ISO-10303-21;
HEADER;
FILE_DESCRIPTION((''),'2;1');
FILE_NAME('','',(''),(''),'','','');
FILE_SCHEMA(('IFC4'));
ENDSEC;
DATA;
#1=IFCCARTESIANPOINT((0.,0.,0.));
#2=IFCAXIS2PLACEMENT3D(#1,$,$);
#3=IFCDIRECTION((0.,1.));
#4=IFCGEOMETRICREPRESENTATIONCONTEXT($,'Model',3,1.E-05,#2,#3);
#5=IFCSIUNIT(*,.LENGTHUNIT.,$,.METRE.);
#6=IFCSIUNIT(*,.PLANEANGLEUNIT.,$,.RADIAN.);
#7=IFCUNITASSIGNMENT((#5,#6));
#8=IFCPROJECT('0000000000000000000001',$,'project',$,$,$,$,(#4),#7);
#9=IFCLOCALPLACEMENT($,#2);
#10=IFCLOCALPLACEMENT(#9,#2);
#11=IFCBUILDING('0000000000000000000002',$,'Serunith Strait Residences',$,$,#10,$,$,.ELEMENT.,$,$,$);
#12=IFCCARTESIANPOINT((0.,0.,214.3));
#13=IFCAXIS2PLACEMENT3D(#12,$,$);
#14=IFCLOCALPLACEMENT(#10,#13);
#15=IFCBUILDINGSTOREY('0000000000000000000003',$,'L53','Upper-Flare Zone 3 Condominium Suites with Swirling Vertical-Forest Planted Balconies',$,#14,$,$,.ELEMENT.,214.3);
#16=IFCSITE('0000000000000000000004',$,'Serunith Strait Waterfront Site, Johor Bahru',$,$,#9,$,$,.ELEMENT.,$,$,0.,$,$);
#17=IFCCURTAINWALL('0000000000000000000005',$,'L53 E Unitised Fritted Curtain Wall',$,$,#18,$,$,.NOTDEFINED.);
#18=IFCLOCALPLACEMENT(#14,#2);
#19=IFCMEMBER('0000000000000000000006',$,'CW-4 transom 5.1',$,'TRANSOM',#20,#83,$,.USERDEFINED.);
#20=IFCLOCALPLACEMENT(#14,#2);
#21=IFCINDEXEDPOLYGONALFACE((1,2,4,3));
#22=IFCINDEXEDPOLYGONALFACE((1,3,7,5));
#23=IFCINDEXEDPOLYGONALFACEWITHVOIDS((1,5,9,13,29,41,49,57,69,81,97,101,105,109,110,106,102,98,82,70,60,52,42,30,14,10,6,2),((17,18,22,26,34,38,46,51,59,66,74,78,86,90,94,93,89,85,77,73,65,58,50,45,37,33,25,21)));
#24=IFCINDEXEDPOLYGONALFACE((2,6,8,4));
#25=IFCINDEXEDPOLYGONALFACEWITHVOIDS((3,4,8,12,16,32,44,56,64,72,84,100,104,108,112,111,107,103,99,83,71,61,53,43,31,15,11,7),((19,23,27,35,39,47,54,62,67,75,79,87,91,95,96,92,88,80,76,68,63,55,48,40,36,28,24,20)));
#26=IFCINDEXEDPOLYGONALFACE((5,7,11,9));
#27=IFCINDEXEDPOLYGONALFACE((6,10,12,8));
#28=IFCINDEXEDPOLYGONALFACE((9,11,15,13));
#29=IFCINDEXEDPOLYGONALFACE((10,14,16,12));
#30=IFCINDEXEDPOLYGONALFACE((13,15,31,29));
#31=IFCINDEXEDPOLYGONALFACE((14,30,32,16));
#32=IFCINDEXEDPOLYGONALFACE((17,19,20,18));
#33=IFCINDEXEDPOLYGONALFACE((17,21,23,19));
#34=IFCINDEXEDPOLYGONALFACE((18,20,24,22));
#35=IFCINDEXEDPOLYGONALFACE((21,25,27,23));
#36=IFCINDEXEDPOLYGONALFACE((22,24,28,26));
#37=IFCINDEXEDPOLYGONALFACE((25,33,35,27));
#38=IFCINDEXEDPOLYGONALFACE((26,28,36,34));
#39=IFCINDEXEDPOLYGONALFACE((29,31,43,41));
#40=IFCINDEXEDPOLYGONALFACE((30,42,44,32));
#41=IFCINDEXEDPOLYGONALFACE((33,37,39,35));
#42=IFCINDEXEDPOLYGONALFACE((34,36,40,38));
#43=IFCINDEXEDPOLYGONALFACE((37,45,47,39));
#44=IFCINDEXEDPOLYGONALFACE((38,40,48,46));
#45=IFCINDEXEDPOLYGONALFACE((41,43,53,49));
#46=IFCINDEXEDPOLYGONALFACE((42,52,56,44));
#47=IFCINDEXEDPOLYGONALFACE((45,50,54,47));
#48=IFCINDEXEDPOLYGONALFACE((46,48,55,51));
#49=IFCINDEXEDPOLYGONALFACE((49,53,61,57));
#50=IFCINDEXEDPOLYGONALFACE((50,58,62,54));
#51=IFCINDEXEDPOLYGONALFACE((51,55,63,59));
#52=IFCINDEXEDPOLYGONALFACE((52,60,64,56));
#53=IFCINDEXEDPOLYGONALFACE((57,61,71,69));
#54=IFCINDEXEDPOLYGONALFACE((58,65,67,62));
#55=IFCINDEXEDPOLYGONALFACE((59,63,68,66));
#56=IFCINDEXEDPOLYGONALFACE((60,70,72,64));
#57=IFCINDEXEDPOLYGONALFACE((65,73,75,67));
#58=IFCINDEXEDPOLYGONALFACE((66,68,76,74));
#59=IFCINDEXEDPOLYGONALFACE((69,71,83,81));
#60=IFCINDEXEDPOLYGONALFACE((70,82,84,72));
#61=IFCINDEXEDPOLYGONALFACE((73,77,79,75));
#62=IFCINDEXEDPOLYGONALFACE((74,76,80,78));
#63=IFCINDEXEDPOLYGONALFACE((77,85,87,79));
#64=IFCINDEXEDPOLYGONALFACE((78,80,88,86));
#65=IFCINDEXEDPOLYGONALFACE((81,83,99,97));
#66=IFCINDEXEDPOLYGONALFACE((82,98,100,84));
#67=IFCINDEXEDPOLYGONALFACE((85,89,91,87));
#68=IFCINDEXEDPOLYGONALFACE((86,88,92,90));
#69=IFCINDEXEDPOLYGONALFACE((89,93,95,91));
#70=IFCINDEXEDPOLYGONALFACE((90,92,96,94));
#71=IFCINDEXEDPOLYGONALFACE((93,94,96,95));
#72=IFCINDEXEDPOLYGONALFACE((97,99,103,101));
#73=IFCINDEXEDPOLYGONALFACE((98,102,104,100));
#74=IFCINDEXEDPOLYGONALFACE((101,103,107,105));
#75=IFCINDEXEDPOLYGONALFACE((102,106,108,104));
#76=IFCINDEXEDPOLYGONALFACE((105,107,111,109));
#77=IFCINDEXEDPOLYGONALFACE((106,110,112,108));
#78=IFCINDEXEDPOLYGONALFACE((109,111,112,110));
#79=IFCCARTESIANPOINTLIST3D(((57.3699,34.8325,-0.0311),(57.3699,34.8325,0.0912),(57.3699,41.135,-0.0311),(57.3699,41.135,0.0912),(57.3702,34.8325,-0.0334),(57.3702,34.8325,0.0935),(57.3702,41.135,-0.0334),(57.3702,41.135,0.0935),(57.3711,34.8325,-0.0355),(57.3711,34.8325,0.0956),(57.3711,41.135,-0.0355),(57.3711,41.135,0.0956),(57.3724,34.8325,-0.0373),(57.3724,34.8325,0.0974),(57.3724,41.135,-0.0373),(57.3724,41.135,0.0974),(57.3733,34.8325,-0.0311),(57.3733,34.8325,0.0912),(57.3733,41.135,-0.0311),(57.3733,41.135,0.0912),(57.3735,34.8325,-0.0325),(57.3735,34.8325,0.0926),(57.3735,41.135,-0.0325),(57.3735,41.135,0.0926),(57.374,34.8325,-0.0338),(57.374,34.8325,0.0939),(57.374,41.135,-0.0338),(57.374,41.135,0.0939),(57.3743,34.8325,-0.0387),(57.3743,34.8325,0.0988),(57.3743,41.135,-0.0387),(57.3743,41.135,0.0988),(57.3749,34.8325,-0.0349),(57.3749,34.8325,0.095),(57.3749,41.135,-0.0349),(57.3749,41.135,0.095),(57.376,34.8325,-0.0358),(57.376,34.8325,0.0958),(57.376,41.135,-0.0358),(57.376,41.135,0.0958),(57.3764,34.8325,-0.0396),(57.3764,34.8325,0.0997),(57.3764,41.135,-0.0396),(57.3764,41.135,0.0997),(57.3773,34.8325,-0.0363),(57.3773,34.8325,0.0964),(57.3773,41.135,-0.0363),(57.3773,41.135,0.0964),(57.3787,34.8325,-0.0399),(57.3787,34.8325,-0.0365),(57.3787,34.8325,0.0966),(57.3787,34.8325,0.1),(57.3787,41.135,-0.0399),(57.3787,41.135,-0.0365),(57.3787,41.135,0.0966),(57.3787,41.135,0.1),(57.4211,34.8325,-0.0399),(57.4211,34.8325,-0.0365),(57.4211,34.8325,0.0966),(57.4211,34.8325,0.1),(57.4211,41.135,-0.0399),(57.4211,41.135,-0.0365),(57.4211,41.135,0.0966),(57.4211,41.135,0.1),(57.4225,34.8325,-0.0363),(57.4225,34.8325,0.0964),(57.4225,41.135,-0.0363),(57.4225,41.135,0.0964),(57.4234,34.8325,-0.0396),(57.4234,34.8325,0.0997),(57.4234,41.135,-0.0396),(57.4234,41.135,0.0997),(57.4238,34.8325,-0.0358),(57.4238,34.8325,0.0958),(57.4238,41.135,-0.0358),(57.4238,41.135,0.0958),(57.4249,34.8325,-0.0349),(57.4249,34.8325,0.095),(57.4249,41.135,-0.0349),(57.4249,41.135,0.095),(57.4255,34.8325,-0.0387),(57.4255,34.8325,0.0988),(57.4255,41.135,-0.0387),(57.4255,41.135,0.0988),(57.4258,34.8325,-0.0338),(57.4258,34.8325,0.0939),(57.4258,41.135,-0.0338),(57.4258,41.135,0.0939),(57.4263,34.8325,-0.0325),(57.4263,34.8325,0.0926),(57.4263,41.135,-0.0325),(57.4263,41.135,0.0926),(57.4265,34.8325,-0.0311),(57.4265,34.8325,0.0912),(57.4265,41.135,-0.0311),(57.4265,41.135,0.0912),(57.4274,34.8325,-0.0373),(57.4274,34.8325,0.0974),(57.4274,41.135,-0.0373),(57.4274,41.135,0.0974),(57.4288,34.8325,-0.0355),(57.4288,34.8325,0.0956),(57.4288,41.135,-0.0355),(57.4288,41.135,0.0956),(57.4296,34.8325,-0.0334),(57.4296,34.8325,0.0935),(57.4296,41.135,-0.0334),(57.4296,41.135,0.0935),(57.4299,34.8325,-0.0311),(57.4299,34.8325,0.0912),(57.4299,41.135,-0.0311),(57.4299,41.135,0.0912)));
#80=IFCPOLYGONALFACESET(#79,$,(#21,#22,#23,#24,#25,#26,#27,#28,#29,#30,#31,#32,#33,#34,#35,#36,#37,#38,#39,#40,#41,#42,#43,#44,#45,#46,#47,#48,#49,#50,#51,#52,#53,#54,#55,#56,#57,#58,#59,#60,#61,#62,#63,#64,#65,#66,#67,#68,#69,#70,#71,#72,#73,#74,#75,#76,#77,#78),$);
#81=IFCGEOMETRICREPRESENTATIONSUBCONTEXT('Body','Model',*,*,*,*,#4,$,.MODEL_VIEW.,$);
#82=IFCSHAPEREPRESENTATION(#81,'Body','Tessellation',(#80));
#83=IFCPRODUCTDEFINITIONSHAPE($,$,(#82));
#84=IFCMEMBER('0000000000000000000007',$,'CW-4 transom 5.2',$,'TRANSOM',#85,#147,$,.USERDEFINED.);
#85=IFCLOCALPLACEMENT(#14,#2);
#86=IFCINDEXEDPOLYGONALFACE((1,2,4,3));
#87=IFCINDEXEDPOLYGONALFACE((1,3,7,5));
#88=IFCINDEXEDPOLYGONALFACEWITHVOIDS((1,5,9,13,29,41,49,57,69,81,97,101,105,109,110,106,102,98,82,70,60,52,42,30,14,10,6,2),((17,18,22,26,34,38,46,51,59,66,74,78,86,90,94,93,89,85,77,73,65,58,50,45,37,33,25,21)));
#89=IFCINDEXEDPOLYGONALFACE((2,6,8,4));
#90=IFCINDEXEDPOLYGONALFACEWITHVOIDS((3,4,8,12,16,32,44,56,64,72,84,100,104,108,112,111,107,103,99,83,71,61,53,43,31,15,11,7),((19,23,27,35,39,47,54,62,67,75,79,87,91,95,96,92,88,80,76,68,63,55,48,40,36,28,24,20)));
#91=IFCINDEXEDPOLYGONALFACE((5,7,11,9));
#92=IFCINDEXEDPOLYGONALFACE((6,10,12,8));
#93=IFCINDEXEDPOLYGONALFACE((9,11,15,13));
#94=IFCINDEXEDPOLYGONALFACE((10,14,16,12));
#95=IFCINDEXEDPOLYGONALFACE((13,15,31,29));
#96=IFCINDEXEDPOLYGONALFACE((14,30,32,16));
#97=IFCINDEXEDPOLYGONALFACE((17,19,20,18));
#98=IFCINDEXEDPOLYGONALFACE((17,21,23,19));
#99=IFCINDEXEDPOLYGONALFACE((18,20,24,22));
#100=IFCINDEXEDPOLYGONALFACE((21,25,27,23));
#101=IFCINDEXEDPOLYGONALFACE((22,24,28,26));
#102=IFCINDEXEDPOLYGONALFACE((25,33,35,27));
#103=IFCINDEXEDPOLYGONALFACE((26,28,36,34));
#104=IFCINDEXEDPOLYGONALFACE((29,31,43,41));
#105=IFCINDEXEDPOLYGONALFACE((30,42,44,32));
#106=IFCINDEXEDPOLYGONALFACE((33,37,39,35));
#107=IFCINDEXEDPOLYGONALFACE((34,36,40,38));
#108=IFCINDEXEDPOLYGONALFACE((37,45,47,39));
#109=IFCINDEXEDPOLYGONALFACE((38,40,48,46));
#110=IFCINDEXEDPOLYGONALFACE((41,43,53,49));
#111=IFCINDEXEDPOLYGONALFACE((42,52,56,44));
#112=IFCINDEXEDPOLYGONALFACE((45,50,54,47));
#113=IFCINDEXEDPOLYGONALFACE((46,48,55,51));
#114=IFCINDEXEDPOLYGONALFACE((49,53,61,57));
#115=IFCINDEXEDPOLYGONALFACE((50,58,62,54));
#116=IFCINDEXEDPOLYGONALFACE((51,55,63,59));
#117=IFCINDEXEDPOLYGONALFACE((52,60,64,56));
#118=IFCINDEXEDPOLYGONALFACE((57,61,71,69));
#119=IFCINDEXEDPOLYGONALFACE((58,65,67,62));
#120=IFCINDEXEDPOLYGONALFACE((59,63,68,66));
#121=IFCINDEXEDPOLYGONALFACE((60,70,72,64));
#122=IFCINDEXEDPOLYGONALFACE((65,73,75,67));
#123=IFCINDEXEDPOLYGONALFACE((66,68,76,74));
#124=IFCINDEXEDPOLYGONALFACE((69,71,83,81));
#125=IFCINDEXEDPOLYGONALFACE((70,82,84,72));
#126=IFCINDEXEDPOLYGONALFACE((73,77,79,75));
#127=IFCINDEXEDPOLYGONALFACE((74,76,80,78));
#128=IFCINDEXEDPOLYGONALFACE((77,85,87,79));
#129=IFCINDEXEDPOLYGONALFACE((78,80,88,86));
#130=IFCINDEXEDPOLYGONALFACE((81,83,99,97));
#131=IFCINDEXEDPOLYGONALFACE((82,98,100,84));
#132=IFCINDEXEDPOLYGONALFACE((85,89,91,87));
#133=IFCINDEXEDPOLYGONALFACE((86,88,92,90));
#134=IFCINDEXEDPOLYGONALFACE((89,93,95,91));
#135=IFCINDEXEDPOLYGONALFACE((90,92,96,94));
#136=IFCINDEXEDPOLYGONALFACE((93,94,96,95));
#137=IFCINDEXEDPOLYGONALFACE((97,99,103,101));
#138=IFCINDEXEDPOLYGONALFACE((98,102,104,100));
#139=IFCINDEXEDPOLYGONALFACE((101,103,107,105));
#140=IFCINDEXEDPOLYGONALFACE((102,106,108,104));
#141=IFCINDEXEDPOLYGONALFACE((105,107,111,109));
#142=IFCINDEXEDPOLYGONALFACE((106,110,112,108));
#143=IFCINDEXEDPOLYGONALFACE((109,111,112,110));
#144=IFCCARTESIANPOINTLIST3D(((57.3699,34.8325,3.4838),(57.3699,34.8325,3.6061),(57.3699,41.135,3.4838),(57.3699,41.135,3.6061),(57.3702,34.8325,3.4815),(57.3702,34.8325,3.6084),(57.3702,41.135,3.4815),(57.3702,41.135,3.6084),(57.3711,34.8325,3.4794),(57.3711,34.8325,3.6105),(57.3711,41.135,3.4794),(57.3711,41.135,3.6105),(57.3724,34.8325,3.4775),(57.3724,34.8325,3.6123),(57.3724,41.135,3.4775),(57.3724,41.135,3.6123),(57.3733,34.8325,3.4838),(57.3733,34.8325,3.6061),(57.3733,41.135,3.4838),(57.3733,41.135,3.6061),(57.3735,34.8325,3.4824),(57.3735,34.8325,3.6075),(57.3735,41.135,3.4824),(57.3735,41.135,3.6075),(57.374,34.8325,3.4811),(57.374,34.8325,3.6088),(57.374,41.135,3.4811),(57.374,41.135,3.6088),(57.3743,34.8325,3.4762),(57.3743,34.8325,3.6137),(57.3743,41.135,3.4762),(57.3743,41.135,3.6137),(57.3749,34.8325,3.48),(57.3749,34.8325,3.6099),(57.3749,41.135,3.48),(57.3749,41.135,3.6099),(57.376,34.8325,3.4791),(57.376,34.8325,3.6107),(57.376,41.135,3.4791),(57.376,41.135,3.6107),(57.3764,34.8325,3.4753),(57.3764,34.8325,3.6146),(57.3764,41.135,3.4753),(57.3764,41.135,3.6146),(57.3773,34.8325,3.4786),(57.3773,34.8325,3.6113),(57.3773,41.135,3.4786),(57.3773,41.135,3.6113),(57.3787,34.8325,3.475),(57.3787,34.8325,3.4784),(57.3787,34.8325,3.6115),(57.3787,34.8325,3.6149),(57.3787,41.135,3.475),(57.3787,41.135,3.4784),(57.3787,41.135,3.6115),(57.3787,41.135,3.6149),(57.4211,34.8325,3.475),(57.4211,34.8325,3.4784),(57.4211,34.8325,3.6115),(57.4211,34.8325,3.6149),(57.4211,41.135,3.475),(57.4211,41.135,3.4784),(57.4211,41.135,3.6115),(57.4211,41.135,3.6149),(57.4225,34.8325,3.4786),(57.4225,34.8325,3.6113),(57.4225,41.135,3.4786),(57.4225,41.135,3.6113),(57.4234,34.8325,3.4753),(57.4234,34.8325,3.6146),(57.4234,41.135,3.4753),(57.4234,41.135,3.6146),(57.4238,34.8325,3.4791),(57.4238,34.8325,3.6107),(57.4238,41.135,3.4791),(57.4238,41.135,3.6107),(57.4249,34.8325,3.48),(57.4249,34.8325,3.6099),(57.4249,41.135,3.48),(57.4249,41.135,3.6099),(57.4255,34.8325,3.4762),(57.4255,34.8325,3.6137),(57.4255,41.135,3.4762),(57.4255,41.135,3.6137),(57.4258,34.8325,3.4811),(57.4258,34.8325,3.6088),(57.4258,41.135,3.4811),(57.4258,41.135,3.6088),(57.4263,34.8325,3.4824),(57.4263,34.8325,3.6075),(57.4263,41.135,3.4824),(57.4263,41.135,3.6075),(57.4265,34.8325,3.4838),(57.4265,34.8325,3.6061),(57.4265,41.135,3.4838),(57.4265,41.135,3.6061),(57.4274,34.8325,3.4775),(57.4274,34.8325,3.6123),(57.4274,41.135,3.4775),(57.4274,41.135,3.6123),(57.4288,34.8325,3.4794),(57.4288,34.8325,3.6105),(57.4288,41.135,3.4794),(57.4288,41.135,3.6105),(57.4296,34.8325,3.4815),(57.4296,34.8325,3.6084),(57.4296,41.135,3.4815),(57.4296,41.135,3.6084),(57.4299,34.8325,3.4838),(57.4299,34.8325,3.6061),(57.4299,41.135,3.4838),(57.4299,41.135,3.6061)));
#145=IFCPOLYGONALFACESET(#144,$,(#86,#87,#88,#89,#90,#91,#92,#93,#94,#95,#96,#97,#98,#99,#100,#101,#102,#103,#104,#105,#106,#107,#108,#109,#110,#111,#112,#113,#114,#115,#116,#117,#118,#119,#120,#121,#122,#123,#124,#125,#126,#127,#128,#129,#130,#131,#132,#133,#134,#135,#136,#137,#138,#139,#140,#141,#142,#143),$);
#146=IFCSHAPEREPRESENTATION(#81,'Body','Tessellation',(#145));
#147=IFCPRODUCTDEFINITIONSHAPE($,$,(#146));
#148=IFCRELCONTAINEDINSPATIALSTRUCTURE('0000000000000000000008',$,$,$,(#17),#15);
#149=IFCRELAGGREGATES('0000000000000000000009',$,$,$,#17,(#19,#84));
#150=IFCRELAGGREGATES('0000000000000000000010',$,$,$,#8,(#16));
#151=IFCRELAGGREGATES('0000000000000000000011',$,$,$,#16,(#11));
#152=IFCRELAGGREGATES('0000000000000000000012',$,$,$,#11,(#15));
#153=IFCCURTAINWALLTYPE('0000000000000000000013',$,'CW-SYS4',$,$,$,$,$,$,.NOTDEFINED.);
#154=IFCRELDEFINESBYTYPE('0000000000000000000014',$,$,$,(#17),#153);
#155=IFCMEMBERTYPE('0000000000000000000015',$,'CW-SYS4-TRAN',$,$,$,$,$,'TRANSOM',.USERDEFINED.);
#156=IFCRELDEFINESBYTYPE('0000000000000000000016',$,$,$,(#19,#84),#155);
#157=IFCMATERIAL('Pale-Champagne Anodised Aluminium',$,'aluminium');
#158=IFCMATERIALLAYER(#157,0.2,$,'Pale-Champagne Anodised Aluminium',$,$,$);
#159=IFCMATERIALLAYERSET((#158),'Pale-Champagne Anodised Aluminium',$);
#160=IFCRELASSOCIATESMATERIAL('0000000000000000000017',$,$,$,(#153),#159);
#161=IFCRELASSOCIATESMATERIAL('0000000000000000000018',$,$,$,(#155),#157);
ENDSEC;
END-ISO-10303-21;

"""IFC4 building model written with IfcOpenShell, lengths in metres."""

from ifc_helpers import new_model, si_unit, direction, frame, origin, origin_2d, place, context, subcontext, project, spatial, hollow_rectangle, extrude, source, transform, mapped, material, layer, layer_set, material_profile, profile_set, type_object, element, aggregate, save


model = new_model("IFC4")

# Units and contexts
model_context = context("Model", 3, precision=1e-05, world=origin(), true_north=direction((0.0, 1.0)))
body_context = subcontext(model_context, "Body", "Model", "MODEL_VIEW")
ifc_project = project(units=[si_unit("LENGTHUNIT", "METRE"), si_unit("PLANEANGLEUNIT", "RADIAN")], contexts=[model_context])

# Site, building, storey
site_placement = place(None, origin())
site = spatial("IfcSite", under=ifc_project, at=site_placement, Name="Serunith Strait Waterfront Site, Johor Bahru", CompositionType="ELEMENT", RefElevation=0.0)
building_placement = place(site_placement, origin())
building = spatial("IfcBuilding", under=site, at=building_placement, Name="Serunith Strait Residences", CompositionType="ELEMENT")
storey_placement = place(building_placement, frame((0.0, 0.0, 214.3)))
storey = spatial("IfcBuildingStorey", under=building, at=storey_placement, Name="L53", Description="Upper-Flare Zone 3 Condominium Suites with Swirling Vertical-Forest Planted Balconies", CompositionType="ELEMENT", Elevation=214.3)

# Curtain wall, members
ifc_material_1 = material(Name="Pale-Champagne Anodised Aluminium", Category="aluminium")
ifc_layer_1 = layer(ifc_material_1, 0.2, Name="Pale-Champagne Anodised Aluminium")
ifc_layer_set_1 = layer_set([ifc_layer_1], Name="Pale-Champagne Anodised Aluminium")
curtain_wall_type = type_object("IfcCurtainWallType", Name="CW-SYS4", PredefinedType="NOTDEFINED", material=ifc_layer_set_1)
curtain_wall_placement = place(storey_placement, origin())
curtain_wall = element("IfcCurtainWall", 1, at=curtain_wall_placement, inside=storey, type_object=curtain_wall_type, Name="L53 E Unitised Fritted Curtain Wall", PredefinedType="NOTDEFINED")
ifc_material_profile_1 = material_profile(ifc_material_1, hollow_rectangle(XDim=0.0601, YDim=0.1399, WallThickness=0.0034, InnerFilletRadius=0.0054, OuterFilletRadius=0.0088, at=origin_2d()), Name="ALU 140x60x3.5")
ifc_profile_set_1 = profile_set([ifc_material_profile_1], Name="Pale-Champagne Anodised Aluminium")
member_type_1 = type_object("IfcMemberType", Name="CW-SYS4-TRAN", ElementType="TRANSOM", PredefinedType="USERDEFINED", material=ifc_profile_set_1)
shared_shape_1 = source(origin(), body_context, "Body", "SweptSolid", [
    extrude(hollow_rectangle(XDim=0.0601, YDim=0.1399, WallThickness=0.0034, InnerFilletRadius=0.0054, OuterFilletRadius=0.0088, at=origin_2d()), origin(), (0.0, 0.0, 1.0), 6.3025),
])
member_1_placement = place(storey_placement, frame((57.3999, 34.8325, 0.03), z_axis=(0.0, 1.0, 0.0), x_axis=(-1.0, 0.0, 0.0)))
member_1 = element("IfcMember", 2, at=member_1_placement, type_object=member_type_1, Name="CW-4 transom 5.1", ObjectType="TRANSOM", PredefinedType="USERDEFINED", context=body_context, shape_type="MappedRepresentation", body=[
    mapped(shared_shape_1, transform((0.0, 0.0, 0.0), scale=1.0)),
])
member_2_placement = place(storey_placement, frame((57.3999, 34.8325, 3.5449), z_axis=(0.0, 1.0, 0.0), x_axis=(-1.0, 0.0, 0.0)))
member_2 = element("IfcMember", 3, at=member_2_placement, type_object=member_type_1, Name="CW-4 transom 5.2", ObjectType="TRANSOM", PredefinedType="USERDEFINED", context=body_context, shape_type="MappedRepresentation", body=[
    mapped(shared_shape_1, transform((0.0, 0.0, 0.0), scale=1.0)),
])
aggregate(curtain_wall, [member_1, member_2])

save(model, "model.ifc")
